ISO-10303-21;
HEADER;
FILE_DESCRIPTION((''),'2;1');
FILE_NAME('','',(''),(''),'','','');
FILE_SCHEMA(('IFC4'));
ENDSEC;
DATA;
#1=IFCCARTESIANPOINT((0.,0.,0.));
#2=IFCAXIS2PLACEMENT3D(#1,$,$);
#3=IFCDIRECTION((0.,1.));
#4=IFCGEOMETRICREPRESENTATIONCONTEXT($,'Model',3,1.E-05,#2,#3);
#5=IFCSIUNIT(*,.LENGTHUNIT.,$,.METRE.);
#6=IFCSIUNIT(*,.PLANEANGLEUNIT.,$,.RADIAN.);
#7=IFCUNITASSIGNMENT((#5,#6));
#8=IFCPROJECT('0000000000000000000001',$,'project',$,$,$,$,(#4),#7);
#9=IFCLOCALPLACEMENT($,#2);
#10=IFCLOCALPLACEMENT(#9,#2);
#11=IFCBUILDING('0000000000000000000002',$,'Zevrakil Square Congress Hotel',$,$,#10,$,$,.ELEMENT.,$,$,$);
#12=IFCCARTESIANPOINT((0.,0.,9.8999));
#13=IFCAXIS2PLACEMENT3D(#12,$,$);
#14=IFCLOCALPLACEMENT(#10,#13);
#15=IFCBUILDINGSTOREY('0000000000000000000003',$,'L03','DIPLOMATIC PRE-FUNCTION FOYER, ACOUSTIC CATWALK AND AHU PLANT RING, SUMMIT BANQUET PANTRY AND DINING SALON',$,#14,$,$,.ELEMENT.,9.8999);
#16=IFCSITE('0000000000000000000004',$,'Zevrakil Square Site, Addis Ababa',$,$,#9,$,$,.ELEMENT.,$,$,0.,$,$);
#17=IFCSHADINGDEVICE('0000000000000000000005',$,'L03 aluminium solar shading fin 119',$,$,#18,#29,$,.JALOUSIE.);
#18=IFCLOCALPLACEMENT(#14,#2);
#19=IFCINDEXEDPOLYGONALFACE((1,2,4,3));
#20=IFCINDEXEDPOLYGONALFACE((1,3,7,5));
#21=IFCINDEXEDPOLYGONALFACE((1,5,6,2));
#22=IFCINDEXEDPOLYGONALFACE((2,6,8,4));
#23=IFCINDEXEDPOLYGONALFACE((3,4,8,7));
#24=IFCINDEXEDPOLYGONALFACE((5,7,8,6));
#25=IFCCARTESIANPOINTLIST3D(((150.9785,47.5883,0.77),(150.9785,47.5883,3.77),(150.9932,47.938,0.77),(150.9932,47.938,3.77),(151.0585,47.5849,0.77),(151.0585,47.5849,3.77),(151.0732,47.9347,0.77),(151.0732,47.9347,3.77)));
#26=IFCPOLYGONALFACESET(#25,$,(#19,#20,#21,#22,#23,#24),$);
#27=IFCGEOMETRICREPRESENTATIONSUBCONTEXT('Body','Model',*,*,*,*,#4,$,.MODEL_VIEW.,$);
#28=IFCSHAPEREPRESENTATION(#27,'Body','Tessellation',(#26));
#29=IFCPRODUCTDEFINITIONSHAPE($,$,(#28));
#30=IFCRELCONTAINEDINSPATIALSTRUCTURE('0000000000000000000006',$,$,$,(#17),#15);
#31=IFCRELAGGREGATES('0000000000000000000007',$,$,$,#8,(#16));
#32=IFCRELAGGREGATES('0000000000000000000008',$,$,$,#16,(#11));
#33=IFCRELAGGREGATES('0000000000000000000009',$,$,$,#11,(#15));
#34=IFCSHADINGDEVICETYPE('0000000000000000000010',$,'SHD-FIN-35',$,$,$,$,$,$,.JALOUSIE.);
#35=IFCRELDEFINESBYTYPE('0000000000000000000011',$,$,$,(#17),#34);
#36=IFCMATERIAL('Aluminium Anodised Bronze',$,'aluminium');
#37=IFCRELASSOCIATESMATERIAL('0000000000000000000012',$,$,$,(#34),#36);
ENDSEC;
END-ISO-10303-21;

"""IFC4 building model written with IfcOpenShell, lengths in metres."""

from ifc_helpers import new_model, si_unit, direction, frame, origin, origin_2d, place, context, subcontext, project, spatial, rectangle, extrude, material, type_object, element, save


model = new_model("IFC4")

# Units and contexts
model_context = context("Model", 3, precision=1e-05, world=origin(), true_north=direction((0.0, 1.0)))
body_context = subcontext(model_context, "Body", "Model", "MODEL_VIEW")
ifc_project = project(units=[si_unit("LENGTHUNIT", "METRE"), si_unit("PLANEANGLEUNIT", "RADIAN")], contexts=[model_context])

# Site, building, storey
site_placement = place(None, origin())
site = spatial("IfcSite", under=ifc_project, at=site_placement, Name="Zevrakil Square Site, Addis Ababa", CompositionType="ELEMENT", RefElevation=0.0)
building_placement = place(site_placement, origin())
building = spatial("IfcBuilding", under=site, at=building_placement, Name="Zevrakil Square Congress Hotel", CompositionType="ELEMENT")
storey_placement = place(building_placement, frame((0.0, 0.0, 9.8999)))
storey = spatial("IfcBuildingStorey", under=building, at=storey_placement, Name="L03", Description="DIPLOMATIC PRE-FUNCTION FOYER, ACOUSTIC CATWALK AND AHU PLANT RING, SUMMIT BANQUET PANTRY AND DINING SALON", CompositionType="ELEMENT", Elevation=9.8999)

# Shading device
ifc_material_1 = material(Name="Aluminium Anodised Bronze", Category="aluminium")
shading_device_type = type_object("IfcShadingDeviceType", Name="SHD-FIN-35", PredefinedType="JALOUSIE", material=ifc_material_1)
shading_device_placement = place(storey_placement, frame((151.0259, 47.7615, 0.77), z_axis=(0.0, 0.0, 1.0), x_axis=(0.041963, 0.999119, 0.0)))
element("IfcShadingDevice", 1, at=shading_device_placement, inside=storey, type_object=shading_device_type, Name="L03 aluminium solar shading fin 119", PredefinedType="JALOUSIE", context=body_context, shape_type="SweptSolid", body=[
    extrude(rectangle(XDim=0.3501, YDim=0.0801, at=origin_2d()), origin(), (0.0, 0.0, 1.0), 3.0),
])

save(model, "model.ifc")
